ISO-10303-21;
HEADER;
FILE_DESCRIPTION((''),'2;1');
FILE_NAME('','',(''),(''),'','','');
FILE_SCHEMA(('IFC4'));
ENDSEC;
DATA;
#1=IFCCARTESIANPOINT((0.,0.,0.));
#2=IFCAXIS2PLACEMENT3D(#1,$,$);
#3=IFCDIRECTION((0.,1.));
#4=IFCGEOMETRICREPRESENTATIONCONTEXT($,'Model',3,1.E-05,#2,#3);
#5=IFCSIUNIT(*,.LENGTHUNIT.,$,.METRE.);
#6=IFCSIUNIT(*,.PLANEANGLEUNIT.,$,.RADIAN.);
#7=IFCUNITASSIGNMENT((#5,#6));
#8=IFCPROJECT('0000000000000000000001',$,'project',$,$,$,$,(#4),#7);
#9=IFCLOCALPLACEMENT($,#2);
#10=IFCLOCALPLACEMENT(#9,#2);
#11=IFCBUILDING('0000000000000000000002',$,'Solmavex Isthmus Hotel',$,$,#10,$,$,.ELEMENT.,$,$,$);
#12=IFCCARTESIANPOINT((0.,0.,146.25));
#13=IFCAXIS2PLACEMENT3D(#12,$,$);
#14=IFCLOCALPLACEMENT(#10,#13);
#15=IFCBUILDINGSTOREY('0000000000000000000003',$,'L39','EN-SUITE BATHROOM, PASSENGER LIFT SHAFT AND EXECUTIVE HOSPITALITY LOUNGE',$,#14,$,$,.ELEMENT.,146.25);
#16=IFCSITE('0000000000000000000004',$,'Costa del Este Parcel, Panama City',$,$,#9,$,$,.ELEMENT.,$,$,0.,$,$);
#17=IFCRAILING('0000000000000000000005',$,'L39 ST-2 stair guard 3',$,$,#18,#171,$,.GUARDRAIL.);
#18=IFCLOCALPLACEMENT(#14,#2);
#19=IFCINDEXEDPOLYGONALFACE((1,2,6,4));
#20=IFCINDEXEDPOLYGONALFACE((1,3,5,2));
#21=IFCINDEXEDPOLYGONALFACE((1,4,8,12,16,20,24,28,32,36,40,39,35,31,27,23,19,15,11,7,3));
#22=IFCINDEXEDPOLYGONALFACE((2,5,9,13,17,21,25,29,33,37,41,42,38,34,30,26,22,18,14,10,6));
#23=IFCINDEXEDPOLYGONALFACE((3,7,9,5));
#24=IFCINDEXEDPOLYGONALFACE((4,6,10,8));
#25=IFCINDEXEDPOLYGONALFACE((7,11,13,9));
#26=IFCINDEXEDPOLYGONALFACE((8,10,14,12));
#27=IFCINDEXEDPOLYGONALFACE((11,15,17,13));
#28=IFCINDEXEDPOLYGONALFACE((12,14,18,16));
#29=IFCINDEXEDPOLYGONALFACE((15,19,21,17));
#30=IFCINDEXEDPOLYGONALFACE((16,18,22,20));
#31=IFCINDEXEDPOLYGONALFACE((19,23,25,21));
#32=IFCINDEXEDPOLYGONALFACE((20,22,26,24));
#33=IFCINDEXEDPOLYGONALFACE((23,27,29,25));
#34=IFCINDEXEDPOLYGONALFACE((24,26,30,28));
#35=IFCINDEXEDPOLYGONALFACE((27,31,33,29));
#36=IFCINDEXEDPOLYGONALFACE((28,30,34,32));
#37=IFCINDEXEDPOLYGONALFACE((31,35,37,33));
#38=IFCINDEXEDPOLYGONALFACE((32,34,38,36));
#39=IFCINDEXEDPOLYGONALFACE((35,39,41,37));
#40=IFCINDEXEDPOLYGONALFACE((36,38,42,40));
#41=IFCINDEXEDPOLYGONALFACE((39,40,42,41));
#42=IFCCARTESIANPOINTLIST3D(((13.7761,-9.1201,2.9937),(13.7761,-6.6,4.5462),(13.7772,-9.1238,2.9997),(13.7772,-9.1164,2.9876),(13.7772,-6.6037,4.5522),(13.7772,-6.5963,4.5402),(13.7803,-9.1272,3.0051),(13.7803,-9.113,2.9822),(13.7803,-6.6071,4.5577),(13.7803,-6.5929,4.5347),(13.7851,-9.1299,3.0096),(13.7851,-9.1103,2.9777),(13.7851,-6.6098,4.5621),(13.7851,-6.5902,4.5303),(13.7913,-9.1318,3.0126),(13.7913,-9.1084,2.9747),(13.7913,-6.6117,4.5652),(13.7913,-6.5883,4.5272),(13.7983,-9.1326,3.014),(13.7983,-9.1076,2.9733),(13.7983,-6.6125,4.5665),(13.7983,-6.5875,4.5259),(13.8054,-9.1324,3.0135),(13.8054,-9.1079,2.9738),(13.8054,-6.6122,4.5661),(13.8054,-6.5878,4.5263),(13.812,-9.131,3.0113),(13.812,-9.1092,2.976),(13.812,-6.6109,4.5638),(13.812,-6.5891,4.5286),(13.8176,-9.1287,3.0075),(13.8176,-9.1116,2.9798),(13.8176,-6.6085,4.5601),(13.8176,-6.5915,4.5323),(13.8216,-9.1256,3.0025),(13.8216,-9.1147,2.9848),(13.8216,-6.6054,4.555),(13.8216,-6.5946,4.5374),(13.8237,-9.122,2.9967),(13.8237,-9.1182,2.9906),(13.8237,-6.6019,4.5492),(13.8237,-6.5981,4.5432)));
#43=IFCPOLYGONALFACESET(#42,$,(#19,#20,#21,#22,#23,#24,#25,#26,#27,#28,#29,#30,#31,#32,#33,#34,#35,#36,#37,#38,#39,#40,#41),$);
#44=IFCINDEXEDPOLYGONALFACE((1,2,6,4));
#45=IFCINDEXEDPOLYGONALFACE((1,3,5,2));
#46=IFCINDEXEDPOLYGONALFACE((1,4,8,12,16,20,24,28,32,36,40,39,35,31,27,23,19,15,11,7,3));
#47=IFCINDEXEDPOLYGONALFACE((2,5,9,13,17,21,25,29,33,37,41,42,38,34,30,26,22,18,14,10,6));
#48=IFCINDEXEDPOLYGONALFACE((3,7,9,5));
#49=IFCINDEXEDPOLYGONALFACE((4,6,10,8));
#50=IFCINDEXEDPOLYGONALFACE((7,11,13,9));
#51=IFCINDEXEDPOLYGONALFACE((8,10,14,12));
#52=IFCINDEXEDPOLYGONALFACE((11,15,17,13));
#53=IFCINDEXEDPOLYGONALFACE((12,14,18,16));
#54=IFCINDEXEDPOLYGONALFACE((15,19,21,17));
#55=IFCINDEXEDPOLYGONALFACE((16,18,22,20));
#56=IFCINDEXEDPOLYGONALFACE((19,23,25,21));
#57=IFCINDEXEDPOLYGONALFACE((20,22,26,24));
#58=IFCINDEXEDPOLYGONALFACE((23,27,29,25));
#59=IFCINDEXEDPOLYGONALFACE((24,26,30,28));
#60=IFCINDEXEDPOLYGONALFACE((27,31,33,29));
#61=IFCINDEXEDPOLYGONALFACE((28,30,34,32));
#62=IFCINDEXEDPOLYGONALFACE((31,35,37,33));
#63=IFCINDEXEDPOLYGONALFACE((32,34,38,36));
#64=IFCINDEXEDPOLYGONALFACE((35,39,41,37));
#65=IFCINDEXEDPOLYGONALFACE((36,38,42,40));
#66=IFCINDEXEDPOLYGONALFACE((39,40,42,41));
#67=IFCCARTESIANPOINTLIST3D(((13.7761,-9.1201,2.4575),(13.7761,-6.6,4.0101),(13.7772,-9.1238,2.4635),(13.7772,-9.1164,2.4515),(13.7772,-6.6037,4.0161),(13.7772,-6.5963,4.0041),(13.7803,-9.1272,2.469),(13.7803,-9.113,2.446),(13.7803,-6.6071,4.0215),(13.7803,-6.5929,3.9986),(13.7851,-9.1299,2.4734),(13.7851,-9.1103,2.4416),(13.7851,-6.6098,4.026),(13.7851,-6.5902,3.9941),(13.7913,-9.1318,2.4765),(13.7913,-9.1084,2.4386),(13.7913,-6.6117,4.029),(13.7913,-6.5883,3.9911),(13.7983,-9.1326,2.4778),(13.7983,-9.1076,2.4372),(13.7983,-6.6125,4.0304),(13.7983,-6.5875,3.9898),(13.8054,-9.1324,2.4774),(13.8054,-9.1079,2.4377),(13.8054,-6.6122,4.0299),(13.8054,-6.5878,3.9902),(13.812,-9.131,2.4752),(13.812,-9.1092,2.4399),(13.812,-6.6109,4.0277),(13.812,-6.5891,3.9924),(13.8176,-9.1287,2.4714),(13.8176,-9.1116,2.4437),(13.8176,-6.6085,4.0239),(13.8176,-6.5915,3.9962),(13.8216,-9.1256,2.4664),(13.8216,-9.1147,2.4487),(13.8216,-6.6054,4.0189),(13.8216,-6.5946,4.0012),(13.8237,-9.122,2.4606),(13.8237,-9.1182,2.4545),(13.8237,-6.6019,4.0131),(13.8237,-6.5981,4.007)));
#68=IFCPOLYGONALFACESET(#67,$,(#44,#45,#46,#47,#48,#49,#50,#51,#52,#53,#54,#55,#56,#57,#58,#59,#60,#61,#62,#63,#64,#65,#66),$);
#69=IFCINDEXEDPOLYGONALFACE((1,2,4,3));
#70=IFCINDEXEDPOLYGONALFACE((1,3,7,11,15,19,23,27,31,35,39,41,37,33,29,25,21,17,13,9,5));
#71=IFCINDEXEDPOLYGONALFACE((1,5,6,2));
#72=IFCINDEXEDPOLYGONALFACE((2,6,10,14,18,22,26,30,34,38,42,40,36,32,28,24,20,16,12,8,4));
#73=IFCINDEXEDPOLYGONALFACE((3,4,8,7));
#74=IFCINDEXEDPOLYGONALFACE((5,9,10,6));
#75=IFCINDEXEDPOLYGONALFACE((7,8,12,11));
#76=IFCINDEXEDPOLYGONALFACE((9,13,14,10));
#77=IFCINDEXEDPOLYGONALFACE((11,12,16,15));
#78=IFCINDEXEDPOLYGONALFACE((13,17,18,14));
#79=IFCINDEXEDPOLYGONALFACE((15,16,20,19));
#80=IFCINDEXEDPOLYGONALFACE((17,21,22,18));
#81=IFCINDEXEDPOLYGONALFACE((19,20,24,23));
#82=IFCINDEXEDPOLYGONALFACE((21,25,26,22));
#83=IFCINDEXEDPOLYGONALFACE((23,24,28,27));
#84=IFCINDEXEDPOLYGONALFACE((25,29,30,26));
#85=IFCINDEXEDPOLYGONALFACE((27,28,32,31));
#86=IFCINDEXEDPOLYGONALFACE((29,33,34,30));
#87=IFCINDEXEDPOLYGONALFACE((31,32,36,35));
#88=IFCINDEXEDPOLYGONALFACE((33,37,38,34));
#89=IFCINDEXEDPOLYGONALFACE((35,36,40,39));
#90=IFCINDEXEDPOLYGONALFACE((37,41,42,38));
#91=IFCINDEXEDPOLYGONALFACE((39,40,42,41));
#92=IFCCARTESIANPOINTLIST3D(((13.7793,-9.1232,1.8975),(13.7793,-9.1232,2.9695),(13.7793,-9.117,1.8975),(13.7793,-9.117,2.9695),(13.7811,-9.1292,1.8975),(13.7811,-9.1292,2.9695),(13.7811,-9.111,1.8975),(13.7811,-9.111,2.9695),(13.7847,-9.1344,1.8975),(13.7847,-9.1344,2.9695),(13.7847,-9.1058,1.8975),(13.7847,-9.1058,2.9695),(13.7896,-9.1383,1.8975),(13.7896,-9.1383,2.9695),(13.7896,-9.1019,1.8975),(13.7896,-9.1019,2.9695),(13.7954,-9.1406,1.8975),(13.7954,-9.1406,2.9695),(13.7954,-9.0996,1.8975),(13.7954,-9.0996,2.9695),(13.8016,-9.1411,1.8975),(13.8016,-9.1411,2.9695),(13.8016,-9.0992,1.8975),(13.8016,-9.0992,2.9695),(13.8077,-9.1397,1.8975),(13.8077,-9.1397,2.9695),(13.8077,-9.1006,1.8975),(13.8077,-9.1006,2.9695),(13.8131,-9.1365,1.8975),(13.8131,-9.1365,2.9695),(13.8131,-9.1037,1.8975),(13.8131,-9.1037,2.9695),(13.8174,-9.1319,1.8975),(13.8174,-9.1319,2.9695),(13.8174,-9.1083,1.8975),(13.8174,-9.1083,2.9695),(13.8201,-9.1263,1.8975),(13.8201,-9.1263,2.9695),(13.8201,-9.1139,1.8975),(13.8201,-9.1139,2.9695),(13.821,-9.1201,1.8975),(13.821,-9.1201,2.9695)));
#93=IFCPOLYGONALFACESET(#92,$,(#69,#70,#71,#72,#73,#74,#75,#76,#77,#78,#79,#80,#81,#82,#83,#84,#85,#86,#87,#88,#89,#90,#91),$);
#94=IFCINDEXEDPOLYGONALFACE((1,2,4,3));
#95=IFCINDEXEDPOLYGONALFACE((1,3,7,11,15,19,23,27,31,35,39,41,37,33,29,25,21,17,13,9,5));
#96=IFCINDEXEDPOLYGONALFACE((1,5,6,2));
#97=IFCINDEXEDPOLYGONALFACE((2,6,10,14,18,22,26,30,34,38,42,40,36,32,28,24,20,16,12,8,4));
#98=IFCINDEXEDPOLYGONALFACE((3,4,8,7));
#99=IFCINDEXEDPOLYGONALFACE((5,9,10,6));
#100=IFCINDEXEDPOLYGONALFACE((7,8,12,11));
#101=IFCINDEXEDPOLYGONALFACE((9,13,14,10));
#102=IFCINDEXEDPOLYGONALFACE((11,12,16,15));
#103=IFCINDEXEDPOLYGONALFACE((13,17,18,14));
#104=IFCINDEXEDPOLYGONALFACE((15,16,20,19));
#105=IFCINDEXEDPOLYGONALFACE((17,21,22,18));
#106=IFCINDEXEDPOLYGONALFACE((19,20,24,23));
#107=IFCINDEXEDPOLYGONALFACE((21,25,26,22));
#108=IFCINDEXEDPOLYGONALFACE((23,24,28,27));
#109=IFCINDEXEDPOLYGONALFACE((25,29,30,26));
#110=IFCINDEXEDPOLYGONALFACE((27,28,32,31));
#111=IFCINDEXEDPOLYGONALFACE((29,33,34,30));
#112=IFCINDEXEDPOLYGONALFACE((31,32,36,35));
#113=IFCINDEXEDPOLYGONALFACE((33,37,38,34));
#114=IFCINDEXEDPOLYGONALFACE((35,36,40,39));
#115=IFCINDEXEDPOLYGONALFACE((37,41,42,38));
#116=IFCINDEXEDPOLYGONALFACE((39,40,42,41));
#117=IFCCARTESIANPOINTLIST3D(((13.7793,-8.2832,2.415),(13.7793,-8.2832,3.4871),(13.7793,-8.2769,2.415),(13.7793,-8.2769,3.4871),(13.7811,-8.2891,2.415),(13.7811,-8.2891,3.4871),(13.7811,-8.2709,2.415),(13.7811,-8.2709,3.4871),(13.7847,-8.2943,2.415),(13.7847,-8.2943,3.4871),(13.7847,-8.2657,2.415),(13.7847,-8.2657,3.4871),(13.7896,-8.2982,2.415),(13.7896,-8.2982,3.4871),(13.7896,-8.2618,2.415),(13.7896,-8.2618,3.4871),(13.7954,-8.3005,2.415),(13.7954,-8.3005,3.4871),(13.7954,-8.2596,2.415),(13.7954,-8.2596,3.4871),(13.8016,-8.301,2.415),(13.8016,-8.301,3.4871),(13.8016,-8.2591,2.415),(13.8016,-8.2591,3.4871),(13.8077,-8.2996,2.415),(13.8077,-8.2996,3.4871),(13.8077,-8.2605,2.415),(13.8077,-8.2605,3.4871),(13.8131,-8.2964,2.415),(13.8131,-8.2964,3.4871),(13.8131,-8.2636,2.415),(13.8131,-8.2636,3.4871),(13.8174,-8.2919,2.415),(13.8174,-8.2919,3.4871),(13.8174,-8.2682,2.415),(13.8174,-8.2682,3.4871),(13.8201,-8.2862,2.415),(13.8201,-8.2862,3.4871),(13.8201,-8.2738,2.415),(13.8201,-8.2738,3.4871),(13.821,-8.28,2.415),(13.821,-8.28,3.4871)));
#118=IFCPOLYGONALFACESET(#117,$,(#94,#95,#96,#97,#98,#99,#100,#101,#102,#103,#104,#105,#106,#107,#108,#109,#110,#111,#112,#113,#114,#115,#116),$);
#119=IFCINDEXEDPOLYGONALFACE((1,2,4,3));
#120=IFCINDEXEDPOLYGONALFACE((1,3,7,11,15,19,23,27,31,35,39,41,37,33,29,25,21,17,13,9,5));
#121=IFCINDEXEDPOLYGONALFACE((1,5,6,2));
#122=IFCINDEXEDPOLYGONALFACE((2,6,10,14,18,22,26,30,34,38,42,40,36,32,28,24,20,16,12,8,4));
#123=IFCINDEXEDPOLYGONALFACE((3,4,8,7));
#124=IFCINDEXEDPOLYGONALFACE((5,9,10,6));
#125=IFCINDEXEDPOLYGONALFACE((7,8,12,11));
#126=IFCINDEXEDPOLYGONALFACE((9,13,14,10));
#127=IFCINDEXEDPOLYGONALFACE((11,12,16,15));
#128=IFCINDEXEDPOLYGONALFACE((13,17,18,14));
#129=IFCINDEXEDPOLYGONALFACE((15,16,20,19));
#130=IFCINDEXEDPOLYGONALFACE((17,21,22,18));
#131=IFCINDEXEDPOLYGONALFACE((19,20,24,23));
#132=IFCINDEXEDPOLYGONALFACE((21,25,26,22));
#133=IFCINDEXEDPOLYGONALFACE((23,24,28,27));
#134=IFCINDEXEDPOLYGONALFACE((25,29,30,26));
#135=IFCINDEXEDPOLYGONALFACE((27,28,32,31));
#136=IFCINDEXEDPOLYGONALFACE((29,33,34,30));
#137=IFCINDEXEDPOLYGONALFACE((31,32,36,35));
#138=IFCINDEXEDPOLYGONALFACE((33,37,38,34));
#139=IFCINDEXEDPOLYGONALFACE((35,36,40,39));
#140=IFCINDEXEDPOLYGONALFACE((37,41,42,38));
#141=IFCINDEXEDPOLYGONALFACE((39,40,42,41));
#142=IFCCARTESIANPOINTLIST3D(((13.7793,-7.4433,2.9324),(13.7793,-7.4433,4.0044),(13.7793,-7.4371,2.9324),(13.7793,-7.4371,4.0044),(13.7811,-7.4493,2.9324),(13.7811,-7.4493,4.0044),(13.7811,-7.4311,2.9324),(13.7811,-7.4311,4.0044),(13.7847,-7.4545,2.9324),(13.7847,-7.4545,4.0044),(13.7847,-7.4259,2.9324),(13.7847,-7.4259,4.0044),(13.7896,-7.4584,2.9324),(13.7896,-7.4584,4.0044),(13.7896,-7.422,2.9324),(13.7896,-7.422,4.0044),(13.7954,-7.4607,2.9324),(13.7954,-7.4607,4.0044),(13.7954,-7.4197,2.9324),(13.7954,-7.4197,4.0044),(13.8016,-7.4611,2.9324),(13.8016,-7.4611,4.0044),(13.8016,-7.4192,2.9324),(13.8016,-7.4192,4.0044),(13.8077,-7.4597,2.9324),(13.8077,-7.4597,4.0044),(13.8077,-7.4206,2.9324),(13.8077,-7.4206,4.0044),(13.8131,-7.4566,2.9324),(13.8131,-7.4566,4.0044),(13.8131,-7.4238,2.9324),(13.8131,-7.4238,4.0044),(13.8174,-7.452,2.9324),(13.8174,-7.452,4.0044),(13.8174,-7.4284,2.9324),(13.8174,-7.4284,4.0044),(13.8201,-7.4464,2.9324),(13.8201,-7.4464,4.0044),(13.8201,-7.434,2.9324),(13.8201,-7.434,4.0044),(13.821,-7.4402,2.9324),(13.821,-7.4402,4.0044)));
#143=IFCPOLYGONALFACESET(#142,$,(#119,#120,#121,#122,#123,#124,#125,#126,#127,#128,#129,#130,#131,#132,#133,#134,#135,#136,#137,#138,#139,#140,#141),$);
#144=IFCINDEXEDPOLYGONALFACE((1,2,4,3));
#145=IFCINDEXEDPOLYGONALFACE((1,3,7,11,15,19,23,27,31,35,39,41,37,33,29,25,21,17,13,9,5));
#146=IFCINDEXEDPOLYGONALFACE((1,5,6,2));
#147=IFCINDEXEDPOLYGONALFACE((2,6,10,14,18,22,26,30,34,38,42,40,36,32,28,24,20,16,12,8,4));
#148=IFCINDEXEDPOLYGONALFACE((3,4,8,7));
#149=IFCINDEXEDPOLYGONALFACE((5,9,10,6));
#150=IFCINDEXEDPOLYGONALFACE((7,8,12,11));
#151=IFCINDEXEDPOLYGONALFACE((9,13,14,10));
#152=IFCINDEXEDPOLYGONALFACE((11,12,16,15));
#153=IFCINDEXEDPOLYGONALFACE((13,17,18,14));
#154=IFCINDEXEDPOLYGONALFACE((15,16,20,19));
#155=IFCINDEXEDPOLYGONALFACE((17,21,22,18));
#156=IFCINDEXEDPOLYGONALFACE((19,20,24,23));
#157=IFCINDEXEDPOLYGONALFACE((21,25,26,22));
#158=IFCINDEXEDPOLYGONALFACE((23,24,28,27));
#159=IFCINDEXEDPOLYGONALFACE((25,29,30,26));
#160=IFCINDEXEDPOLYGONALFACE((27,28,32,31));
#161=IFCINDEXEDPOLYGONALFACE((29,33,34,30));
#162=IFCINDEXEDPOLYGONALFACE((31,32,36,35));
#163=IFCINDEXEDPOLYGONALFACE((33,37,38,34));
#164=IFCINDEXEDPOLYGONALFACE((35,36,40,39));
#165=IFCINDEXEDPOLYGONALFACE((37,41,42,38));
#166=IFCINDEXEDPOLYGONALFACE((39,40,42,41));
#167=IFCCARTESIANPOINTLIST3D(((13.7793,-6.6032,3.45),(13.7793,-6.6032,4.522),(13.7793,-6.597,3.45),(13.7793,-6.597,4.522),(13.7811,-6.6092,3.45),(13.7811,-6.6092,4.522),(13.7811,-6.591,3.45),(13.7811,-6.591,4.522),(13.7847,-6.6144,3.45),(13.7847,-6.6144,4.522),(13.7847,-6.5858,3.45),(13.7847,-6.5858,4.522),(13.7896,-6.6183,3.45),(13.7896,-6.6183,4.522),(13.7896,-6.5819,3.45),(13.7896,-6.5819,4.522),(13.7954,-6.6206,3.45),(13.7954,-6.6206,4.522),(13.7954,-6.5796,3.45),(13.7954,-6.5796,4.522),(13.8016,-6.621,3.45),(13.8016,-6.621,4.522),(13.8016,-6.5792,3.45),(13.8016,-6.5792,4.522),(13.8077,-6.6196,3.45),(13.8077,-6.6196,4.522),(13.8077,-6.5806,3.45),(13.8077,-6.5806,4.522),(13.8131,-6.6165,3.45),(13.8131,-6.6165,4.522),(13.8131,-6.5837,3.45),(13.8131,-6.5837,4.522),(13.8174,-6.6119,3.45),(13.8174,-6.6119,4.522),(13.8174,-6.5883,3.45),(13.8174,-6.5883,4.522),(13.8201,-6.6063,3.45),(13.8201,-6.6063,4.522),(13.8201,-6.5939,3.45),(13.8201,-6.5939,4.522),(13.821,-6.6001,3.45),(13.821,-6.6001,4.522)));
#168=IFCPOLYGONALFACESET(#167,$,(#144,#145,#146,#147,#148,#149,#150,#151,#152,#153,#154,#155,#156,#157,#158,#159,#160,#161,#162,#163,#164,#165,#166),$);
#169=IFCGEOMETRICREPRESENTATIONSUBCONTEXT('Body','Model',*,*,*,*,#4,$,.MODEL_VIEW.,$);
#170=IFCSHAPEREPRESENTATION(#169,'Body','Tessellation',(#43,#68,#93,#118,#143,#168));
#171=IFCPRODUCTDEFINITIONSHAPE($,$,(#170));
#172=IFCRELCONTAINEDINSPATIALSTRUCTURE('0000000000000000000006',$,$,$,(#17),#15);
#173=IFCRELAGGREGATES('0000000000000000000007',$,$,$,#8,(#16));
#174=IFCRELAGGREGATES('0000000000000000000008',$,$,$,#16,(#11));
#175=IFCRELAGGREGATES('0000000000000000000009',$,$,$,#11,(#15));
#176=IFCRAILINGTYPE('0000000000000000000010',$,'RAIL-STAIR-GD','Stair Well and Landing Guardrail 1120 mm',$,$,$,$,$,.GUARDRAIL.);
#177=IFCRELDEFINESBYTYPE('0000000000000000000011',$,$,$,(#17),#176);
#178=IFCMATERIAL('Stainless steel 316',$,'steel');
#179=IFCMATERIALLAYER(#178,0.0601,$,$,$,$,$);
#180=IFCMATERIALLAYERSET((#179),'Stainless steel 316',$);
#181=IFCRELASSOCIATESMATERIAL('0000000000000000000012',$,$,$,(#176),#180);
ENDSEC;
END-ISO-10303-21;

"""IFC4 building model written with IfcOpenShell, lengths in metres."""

from ifc_helpers import new_model, si_unit, direction, frame, origin, origin_2d, place, context, subcontext, project, spatial, circle, extrude, material, layer, layer_set, type_object, element, save


model = new_model("IFC4")

# Units and contexts
model_context = context("Model", 3, precision=1e-05, world=origin(), true_north=direction((0.0, 1.0)))
body_context = subcontext(model_context, "Body", "Model", "MODEL_VIEW")
ifc_project = project(units=[si_unit("LENGTHUNIT", "METRE"), si_unit("PLANEANGLEUNIT", "RADIAN")], contexts=[model_context])

# Site, building, storey
site_placement = place(None, origin())
site = spatial("IfcSite", under=ifc_project, at=site_placement, Name="Costa del Este Parcel, Panama City", CompositionType="ELEMENT", RefElevation=0.0)
building_placement = place(site_placement, origin())
building = spatial("IfcBuilding", under=site, at=building_placement, Name="Solmavex Isthmus Hotel", CompositionType="ELEMENT")
storey_placement = place(building_placement, frame((0.0, 0.0, 146.25)))
storey = spatial("IfcBuildingStorey", under=building, at=storey_placement, Name="L39", Description="EN-SUITE BATHROOM, PASSENGER LIFT SHAFT AND EXECUTIVE HOSPITALITY LOUNGE", CompositionType="ELEMENT", Elevation=146.25)

# Railing
ifc_material_1 = material(Name="Stainless steel 316", Category="steel")
ifc_layer_1 = layer(ifc_material_1, 0.0601)
ifc_layer_set_1 = layer_set([ifc_layer_1], Name="Stainless steel 316")
railing_type_1 = type_object("IfcRailingType", Name="RAIL-STAIR-GD", Description="Stair Well and Landing Guardrail 1120 mm", PredefinedType="GUARDRAIL", material=ifc_layer_set_1)
railing_1_placement = place(storey_placement, frame((13.8, -9.1201, 1.8975)))
element("IfcRailing", 1, at=railing_1_placement, inside=storey, type_object=railing_type_1, Name="L39 ST-2 stair guard 3", PredefinedType="GUARDRAIL", context=body_context, shape_type="SweptSolid", body=[
    extrude(circle(Radius=0.0239, at=origin_2d()), frame((0.0, 0.0, 1.0962), z_axis=(0.0, 0.8514, 0.524516), x_axis=(-1.0, 0.0, 0.0)), (0.0, 0.0, 1.0), 2.96),
    extrude(circle(Radius=0.0239, at=origin_2d()), frame((0.0, 0.0, 0.5601), z_axis=(0.0, 0.8514, 0.524516), x_axis=(-1.0, 0.0, 0.0)), (0.0, 0.0, 1.0), 2.96),
    extrude(circle(Radius=0.021, at=origin_2d()), origin(), (0.0, 0.0, 1.0), 1.072),
    extrude(circle(Radius=0.021, at=origin_2d()), frame((0.0, 0.8401, 0.5176)), (0.0, 0.0, 1.0), 1.072),
    extrude(circle(Radius=0.021, at=origin_2d()), frame((0.0, 1.6799, 1.0349)), (0.0, 0.0, 1.0), 1.072),
    extrude(circle(Radius=0.021, at=origin_2d()), frame((0.0, 2.52, 1.5525)), (0.0, 0.0, 1.0), 1.072),
])

save(model, "model.ifc")
